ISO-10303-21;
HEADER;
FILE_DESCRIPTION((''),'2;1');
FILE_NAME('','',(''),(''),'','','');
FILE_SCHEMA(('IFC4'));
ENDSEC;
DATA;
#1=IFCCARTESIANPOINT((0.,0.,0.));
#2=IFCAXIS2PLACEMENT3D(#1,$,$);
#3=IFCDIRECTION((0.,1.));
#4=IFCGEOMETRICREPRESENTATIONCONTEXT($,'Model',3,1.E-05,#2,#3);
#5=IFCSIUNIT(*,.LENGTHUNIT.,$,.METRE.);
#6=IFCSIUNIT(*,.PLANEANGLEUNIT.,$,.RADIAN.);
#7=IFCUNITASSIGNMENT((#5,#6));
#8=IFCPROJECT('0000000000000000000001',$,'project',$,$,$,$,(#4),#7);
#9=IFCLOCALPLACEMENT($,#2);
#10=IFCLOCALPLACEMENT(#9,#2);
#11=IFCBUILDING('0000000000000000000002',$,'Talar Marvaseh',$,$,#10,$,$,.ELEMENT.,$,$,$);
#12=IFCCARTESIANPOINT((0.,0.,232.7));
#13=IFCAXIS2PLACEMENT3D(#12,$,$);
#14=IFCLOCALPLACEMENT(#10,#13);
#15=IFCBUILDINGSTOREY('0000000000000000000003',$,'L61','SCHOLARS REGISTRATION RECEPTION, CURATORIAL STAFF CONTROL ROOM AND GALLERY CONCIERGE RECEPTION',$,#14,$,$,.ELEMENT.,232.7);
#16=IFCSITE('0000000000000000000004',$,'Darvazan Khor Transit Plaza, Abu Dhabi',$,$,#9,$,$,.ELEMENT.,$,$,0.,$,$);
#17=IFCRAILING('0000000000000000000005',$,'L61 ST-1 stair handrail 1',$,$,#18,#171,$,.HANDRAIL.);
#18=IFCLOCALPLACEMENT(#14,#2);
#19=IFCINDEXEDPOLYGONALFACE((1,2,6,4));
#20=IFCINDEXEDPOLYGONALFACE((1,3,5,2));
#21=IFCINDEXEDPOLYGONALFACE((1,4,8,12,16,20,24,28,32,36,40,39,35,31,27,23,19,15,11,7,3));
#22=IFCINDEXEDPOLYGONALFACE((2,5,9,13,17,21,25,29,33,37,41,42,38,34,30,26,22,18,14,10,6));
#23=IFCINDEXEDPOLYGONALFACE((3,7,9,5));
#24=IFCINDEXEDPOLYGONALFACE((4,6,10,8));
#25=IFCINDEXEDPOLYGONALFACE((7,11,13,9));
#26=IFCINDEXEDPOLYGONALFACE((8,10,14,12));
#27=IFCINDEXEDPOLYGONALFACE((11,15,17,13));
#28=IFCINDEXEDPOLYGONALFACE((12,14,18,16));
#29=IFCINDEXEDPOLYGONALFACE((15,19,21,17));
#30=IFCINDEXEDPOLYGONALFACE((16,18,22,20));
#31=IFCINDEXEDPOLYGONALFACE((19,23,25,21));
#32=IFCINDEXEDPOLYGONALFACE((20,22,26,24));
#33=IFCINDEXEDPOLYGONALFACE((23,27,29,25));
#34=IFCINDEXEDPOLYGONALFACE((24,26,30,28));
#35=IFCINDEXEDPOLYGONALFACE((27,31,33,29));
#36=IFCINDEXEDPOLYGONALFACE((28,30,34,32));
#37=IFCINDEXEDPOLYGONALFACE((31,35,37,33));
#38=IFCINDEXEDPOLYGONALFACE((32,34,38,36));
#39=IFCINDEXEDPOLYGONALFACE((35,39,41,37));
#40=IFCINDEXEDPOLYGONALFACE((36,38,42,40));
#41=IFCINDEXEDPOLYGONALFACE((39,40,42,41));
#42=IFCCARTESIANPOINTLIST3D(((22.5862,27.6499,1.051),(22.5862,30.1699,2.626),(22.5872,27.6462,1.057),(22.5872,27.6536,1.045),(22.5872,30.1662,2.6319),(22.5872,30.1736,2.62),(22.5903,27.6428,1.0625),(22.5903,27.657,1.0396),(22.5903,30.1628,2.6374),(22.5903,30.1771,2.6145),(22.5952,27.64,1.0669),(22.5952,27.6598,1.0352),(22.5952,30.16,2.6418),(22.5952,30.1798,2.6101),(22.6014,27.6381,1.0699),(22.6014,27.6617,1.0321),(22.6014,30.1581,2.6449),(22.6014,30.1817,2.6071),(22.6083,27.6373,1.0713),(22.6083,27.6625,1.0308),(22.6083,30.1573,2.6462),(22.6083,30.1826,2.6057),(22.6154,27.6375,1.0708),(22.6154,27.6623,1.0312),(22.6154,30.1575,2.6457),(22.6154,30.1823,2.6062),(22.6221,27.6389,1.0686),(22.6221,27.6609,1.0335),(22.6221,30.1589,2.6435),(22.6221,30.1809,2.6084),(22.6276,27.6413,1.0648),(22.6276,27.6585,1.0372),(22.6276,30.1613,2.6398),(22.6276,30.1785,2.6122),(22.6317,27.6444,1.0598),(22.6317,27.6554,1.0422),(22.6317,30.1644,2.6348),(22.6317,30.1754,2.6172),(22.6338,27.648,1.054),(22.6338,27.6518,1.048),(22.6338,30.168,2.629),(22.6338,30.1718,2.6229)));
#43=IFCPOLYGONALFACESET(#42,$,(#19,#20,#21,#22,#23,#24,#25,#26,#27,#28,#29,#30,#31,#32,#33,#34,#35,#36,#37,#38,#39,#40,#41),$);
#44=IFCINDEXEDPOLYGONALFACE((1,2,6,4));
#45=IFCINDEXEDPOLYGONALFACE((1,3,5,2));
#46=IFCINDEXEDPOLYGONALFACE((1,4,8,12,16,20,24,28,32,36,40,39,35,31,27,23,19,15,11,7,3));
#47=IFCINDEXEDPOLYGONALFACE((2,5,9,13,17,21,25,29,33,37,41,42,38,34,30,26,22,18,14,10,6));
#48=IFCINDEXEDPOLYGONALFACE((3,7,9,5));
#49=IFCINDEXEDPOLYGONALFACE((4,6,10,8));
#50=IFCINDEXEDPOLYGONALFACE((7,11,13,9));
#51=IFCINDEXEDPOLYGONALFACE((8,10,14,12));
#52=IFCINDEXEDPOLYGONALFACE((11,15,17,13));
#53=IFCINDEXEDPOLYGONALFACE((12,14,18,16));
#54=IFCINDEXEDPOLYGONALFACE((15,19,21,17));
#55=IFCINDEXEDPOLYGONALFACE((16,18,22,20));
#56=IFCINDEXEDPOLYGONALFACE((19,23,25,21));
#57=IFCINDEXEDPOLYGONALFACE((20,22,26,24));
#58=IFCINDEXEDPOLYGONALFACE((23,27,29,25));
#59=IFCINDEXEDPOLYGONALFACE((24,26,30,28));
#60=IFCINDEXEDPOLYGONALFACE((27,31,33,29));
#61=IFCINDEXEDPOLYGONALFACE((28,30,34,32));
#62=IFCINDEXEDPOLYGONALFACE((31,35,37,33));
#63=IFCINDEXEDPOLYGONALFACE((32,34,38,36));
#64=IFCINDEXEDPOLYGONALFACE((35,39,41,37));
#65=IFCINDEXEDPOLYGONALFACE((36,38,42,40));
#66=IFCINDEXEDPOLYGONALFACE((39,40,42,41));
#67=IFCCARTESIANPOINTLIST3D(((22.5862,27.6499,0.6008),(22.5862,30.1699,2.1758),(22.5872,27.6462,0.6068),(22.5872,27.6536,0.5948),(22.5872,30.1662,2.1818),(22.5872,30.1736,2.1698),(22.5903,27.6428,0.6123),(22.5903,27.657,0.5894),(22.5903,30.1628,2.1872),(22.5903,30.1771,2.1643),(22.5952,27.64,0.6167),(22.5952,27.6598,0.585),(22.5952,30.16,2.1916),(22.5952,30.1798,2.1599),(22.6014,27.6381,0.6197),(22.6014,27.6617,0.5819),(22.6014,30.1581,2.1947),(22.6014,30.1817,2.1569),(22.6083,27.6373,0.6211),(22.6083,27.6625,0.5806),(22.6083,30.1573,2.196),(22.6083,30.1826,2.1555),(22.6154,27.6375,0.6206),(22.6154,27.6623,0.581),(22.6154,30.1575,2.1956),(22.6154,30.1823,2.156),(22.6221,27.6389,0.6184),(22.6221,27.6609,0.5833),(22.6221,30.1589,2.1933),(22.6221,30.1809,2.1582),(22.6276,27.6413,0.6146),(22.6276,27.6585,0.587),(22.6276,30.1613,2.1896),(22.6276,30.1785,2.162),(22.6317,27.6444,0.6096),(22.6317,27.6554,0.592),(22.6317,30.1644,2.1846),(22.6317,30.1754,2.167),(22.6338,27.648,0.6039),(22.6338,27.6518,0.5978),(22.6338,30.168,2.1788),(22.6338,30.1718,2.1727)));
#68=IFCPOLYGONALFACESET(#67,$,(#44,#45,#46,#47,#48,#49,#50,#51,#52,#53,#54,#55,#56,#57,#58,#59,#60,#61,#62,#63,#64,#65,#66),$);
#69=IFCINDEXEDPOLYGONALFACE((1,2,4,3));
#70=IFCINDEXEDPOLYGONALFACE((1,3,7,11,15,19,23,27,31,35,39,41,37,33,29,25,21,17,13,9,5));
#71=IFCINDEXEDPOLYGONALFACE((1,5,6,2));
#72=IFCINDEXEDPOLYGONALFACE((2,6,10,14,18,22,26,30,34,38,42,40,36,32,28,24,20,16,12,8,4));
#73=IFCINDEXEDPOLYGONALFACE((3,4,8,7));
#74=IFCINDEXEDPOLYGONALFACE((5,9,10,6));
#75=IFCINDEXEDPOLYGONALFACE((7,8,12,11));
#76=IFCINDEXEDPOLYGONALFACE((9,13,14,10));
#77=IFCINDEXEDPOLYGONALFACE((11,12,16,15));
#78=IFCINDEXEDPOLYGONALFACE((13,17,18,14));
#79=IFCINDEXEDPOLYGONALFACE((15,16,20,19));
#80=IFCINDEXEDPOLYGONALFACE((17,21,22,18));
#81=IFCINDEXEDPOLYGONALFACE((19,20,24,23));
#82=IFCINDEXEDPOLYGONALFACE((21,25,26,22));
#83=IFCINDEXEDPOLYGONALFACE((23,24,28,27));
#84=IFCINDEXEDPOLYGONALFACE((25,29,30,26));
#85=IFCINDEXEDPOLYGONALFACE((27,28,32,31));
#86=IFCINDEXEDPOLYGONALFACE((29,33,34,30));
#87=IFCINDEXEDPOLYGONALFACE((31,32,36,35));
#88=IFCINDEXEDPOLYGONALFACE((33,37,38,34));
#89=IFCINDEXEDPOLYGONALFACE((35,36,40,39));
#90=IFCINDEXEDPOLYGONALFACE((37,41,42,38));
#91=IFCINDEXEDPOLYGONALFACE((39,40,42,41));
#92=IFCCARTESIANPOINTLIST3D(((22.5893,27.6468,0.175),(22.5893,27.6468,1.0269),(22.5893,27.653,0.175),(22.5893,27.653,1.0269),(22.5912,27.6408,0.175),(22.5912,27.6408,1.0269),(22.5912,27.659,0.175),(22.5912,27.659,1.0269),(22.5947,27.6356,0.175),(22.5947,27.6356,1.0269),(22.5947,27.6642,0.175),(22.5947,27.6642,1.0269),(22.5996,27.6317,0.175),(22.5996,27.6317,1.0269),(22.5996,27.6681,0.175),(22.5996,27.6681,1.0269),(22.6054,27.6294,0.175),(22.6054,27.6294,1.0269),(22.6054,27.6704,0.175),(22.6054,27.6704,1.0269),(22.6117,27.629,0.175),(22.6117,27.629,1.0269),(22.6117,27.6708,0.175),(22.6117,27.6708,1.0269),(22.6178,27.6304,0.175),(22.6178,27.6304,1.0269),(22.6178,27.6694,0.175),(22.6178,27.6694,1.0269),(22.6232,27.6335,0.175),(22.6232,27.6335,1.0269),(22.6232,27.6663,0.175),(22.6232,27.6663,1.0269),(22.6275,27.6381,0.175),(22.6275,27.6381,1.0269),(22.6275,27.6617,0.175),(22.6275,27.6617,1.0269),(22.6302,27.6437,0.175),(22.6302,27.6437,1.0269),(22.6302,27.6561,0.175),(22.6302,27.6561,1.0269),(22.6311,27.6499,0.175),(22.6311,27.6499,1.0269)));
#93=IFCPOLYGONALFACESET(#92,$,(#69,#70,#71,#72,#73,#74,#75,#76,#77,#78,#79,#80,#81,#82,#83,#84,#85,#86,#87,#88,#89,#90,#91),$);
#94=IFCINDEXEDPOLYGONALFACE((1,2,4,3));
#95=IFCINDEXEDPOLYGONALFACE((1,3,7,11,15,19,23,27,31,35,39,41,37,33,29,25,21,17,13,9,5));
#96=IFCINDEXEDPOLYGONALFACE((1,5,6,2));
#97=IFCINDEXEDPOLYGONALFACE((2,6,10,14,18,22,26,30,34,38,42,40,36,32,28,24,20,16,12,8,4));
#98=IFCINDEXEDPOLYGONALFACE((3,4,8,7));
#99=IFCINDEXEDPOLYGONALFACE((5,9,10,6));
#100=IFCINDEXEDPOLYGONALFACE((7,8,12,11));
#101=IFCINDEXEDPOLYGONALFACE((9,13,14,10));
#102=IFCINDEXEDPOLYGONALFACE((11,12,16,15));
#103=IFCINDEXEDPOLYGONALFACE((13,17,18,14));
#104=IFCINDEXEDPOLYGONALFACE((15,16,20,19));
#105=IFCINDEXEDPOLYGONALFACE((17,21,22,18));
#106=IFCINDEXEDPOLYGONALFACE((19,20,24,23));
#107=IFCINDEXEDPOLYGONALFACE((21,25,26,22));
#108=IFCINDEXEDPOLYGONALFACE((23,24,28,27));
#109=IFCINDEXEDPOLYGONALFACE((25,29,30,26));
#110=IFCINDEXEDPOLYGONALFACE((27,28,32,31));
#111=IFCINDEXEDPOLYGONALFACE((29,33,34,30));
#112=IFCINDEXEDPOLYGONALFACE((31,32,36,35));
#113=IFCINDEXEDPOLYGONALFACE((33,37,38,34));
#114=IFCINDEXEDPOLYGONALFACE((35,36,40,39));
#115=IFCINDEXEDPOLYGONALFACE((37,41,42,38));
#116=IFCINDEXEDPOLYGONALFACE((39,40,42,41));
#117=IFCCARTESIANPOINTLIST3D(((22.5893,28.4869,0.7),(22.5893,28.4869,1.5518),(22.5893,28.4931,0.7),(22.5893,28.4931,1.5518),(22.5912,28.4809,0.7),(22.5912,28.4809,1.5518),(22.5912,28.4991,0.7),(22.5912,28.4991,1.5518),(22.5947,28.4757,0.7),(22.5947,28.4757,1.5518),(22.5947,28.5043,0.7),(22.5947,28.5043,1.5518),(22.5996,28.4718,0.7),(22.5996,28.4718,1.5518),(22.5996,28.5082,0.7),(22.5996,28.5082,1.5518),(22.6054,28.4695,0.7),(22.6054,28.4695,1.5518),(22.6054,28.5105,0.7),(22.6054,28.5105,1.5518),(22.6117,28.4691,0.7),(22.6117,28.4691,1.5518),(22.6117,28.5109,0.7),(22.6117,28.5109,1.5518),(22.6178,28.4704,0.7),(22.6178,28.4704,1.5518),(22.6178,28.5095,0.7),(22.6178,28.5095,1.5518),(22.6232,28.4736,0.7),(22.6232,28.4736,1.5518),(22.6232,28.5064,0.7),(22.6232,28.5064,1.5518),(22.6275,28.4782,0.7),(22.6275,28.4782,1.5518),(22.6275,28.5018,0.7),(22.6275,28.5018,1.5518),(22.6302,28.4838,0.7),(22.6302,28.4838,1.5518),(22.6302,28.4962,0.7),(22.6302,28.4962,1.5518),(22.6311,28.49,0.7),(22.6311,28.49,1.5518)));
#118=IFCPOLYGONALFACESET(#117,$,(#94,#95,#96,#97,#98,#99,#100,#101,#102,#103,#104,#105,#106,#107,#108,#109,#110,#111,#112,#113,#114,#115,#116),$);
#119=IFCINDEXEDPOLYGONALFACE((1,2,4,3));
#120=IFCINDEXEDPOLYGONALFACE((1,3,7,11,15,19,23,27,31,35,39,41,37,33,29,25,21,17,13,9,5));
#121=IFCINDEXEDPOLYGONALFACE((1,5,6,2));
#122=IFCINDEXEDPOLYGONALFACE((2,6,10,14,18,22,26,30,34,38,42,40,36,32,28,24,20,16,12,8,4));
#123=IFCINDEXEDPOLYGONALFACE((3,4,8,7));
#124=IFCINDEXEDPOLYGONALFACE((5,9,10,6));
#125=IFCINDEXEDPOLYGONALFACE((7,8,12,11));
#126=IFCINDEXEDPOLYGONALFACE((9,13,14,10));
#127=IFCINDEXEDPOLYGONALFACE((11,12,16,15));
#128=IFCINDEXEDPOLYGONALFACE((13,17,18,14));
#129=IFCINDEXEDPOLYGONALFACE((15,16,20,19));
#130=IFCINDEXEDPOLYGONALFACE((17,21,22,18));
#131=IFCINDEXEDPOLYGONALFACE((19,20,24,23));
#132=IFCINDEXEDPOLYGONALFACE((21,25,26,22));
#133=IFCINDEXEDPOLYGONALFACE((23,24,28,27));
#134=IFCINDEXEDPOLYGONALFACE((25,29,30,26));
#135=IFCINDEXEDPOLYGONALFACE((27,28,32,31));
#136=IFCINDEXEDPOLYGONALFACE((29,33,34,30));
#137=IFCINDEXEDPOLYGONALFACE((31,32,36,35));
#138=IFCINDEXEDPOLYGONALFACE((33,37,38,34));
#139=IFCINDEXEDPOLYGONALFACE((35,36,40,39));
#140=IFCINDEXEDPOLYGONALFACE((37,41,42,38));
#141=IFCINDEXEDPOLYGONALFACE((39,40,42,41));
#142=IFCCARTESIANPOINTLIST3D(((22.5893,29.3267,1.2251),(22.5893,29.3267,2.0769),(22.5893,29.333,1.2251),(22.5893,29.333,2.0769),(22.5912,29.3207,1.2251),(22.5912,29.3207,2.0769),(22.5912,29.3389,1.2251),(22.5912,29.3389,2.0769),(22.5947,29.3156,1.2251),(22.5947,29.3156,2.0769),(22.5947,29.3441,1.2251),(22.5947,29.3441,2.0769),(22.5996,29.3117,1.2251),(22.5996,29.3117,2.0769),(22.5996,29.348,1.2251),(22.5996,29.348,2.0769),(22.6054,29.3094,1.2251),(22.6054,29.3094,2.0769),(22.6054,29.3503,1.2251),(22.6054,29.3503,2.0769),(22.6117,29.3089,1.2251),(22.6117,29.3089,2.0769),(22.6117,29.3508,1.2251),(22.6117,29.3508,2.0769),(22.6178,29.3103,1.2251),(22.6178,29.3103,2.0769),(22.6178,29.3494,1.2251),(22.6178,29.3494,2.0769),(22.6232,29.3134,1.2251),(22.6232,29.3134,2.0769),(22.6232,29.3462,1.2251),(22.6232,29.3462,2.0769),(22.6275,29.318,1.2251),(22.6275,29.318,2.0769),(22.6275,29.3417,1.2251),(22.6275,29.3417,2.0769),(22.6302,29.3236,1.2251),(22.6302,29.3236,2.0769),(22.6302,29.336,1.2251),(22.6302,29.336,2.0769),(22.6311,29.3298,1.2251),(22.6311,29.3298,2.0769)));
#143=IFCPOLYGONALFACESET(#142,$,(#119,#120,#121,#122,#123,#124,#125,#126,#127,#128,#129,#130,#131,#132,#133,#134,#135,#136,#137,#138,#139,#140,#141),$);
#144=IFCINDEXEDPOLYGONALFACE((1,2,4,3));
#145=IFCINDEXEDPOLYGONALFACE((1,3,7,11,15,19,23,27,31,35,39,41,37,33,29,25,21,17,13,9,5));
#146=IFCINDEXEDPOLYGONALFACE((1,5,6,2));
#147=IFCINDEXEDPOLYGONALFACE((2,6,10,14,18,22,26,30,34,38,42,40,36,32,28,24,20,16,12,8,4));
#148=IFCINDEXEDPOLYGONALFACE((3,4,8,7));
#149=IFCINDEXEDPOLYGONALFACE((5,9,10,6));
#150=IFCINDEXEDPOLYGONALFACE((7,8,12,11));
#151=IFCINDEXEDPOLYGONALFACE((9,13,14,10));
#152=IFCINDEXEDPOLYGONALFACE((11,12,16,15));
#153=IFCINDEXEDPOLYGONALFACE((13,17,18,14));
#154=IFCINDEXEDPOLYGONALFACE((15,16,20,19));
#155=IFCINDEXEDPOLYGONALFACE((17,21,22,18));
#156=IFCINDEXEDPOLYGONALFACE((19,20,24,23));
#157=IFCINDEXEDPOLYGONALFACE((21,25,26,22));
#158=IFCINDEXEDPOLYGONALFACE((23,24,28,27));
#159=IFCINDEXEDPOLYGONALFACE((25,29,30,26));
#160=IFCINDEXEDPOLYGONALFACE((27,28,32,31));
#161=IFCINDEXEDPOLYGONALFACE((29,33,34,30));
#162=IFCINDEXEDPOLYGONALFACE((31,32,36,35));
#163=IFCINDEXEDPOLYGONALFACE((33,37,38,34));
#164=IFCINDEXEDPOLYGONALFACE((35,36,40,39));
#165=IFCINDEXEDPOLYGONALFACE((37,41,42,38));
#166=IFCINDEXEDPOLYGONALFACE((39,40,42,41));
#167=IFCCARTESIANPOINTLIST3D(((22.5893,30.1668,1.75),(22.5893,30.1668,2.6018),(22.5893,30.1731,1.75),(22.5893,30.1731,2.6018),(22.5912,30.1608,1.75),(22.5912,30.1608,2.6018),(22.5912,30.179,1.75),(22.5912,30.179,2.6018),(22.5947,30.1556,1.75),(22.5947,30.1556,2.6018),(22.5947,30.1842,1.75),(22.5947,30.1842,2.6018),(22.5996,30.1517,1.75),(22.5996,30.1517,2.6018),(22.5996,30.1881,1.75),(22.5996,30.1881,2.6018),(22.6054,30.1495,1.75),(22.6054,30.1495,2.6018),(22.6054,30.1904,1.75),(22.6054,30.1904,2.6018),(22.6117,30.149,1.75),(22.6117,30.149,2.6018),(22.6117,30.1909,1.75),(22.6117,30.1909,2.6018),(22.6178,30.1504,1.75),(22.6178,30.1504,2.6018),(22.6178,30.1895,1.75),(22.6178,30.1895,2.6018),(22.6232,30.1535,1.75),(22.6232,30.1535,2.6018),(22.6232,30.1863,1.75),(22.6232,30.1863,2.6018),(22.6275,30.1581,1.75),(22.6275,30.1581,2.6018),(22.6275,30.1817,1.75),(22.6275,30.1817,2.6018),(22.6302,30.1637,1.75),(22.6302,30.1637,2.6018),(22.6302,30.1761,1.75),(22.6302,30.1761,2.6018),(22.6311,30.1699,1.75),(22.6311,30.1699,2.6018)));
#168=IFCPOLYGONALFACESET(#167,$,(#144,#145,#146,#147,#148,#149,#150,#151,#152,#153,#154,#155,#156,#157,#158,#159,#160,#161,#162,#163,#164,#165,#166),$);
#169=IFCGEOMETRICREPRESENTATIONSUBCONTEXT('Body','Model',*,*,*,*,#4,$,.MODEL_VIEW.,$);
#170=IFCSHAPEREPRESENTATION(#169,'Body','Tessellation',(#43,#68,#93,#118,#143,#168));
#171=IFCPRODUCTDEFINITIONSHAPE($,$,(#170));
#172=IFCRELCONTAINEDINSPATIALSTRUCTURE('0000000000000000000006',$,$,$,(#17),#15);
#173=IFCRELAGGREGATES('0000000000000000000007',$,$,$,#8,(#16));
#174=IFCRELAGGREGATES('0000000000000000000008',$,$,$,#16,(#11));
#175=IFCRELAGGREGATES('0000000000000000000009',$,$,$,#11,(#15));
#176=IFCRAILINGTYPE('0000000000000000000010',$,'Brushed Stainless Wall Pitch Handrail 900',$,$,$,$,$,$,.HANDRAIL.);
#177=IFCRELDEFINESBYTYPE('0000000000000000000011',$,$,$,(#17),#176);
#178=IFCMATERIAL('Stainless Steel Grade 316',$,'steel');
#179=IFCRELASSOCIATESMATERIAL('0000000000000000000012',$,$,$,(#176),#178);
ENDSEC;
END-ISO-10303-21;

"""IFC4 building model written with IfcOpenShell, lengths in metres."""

from ifc_helpers import new_model, si_unit, direction, frame, origin, origin_2d, place, context, subcontext, project, spatial, circle, extrude, material, type_object, element, save


model = new_model("IFC4")

# Units and contexts
model_context = context("Model", 3, precision=1e-05, world=origin(), true_north=direction((0.0, 1.0)))
body_context = subcontext(model_context, "Body", "Model", "MODEL_VIEW")
ifc_project = project(units=[si_unit("LENGTHUNIT", "METRE"), si_unit("PLANEANGLEUNIT", "RADIAN")], contexts=[model_context])

# Site, building, storey
site_placement = place(None, origin())
site = spatial("IfcSite", under=ifc_project, at=site_placement, Name="Darvazan Khor Transit Plaza, Abu Dhabi", CompositionType="ELEMENT", RefElevation=0.0)
building_placement = place(site_placement, origin())
building = spatial("IfcBuilding", under=site, at=building_placement, Name="Talar Marvaseh", CompositionType="ELEMENT")
storey_placement = place(building_placement, frame((0.0, 0.0, 232.7)))
storey = spatial("IfcBuildingStorey", under=building, at=storey_placement, Name="L61", Description="SCHOLARS REGISTRATION RECEPTION, CURATORIAL STAFF CONTROL ROOM AND GALLERY CONCIERGE RECEPTION", CompositionType="ELEMENT", Elevation=232.7)

# Shared definitions
ifc_material_1 = material(Name="Stainless Steel Grade 316", Category="steel")

# Railing
railing_type_1 = type_object("IfcRailingType", Name="Brushed Stainless Wall Pitch Handrail 900", PredefinedType="HANDRAIL", material=ifc_material_1)
railing_1_placement = place(storey_placement, frame((22.6101, 27.6499, 0.175)))
element("IfcRailing", 1, at=railing_1_placement, inside=storey, type_object=railing_type_1, Name="L61 ST-1 stair handrail 1", PredefinedType="HANDRAIL", context=body_context, shape_type="SweptSolid", body=[
    extrude(circle(Radius=0.0239, at=origin_2d()), frame((0.0, 0.0, 0.876), z_axis=(0.0, 0.848008, 0.529984), x_axis=(-1.0, 0.0, 0.0)), (0.0, 0.0, 1.0), 2.9717),
    extrude(circle(Radius=0.0239, at=origin_2d()), frame((0.0, 0.0, 0.4258), z_axis=(0.0, 0.848008, 0.529984), x_axis=(-1.0, 0.0, 0.0)), (0.0, 0.0, 1.0), 2.9717),
    extrude(circle(Radius=0.021, at=origin_2d()), origin(), (0.0, 0.0, 1.0), 0.8518),
    extrude(circle(Radius=0.021, at=origin_2d()), frame((0.0, 0.8401, 0.5249)), (0.0, 0.0, 1.0), 0.8518),
    extrude(circle(Radius=0.021, at=origin_2d()), frame((0.0, 1.6799, 1.05)), (0.0, 0.0, 1.0), 0.8518),
    extrude(circle(Radius=0.021, at=origin_2d()), frame((0.0, 2.52, 1.575)), (0.0, 0.0, 1.0), 0.8518),
])

save(model, "model.ifc")
